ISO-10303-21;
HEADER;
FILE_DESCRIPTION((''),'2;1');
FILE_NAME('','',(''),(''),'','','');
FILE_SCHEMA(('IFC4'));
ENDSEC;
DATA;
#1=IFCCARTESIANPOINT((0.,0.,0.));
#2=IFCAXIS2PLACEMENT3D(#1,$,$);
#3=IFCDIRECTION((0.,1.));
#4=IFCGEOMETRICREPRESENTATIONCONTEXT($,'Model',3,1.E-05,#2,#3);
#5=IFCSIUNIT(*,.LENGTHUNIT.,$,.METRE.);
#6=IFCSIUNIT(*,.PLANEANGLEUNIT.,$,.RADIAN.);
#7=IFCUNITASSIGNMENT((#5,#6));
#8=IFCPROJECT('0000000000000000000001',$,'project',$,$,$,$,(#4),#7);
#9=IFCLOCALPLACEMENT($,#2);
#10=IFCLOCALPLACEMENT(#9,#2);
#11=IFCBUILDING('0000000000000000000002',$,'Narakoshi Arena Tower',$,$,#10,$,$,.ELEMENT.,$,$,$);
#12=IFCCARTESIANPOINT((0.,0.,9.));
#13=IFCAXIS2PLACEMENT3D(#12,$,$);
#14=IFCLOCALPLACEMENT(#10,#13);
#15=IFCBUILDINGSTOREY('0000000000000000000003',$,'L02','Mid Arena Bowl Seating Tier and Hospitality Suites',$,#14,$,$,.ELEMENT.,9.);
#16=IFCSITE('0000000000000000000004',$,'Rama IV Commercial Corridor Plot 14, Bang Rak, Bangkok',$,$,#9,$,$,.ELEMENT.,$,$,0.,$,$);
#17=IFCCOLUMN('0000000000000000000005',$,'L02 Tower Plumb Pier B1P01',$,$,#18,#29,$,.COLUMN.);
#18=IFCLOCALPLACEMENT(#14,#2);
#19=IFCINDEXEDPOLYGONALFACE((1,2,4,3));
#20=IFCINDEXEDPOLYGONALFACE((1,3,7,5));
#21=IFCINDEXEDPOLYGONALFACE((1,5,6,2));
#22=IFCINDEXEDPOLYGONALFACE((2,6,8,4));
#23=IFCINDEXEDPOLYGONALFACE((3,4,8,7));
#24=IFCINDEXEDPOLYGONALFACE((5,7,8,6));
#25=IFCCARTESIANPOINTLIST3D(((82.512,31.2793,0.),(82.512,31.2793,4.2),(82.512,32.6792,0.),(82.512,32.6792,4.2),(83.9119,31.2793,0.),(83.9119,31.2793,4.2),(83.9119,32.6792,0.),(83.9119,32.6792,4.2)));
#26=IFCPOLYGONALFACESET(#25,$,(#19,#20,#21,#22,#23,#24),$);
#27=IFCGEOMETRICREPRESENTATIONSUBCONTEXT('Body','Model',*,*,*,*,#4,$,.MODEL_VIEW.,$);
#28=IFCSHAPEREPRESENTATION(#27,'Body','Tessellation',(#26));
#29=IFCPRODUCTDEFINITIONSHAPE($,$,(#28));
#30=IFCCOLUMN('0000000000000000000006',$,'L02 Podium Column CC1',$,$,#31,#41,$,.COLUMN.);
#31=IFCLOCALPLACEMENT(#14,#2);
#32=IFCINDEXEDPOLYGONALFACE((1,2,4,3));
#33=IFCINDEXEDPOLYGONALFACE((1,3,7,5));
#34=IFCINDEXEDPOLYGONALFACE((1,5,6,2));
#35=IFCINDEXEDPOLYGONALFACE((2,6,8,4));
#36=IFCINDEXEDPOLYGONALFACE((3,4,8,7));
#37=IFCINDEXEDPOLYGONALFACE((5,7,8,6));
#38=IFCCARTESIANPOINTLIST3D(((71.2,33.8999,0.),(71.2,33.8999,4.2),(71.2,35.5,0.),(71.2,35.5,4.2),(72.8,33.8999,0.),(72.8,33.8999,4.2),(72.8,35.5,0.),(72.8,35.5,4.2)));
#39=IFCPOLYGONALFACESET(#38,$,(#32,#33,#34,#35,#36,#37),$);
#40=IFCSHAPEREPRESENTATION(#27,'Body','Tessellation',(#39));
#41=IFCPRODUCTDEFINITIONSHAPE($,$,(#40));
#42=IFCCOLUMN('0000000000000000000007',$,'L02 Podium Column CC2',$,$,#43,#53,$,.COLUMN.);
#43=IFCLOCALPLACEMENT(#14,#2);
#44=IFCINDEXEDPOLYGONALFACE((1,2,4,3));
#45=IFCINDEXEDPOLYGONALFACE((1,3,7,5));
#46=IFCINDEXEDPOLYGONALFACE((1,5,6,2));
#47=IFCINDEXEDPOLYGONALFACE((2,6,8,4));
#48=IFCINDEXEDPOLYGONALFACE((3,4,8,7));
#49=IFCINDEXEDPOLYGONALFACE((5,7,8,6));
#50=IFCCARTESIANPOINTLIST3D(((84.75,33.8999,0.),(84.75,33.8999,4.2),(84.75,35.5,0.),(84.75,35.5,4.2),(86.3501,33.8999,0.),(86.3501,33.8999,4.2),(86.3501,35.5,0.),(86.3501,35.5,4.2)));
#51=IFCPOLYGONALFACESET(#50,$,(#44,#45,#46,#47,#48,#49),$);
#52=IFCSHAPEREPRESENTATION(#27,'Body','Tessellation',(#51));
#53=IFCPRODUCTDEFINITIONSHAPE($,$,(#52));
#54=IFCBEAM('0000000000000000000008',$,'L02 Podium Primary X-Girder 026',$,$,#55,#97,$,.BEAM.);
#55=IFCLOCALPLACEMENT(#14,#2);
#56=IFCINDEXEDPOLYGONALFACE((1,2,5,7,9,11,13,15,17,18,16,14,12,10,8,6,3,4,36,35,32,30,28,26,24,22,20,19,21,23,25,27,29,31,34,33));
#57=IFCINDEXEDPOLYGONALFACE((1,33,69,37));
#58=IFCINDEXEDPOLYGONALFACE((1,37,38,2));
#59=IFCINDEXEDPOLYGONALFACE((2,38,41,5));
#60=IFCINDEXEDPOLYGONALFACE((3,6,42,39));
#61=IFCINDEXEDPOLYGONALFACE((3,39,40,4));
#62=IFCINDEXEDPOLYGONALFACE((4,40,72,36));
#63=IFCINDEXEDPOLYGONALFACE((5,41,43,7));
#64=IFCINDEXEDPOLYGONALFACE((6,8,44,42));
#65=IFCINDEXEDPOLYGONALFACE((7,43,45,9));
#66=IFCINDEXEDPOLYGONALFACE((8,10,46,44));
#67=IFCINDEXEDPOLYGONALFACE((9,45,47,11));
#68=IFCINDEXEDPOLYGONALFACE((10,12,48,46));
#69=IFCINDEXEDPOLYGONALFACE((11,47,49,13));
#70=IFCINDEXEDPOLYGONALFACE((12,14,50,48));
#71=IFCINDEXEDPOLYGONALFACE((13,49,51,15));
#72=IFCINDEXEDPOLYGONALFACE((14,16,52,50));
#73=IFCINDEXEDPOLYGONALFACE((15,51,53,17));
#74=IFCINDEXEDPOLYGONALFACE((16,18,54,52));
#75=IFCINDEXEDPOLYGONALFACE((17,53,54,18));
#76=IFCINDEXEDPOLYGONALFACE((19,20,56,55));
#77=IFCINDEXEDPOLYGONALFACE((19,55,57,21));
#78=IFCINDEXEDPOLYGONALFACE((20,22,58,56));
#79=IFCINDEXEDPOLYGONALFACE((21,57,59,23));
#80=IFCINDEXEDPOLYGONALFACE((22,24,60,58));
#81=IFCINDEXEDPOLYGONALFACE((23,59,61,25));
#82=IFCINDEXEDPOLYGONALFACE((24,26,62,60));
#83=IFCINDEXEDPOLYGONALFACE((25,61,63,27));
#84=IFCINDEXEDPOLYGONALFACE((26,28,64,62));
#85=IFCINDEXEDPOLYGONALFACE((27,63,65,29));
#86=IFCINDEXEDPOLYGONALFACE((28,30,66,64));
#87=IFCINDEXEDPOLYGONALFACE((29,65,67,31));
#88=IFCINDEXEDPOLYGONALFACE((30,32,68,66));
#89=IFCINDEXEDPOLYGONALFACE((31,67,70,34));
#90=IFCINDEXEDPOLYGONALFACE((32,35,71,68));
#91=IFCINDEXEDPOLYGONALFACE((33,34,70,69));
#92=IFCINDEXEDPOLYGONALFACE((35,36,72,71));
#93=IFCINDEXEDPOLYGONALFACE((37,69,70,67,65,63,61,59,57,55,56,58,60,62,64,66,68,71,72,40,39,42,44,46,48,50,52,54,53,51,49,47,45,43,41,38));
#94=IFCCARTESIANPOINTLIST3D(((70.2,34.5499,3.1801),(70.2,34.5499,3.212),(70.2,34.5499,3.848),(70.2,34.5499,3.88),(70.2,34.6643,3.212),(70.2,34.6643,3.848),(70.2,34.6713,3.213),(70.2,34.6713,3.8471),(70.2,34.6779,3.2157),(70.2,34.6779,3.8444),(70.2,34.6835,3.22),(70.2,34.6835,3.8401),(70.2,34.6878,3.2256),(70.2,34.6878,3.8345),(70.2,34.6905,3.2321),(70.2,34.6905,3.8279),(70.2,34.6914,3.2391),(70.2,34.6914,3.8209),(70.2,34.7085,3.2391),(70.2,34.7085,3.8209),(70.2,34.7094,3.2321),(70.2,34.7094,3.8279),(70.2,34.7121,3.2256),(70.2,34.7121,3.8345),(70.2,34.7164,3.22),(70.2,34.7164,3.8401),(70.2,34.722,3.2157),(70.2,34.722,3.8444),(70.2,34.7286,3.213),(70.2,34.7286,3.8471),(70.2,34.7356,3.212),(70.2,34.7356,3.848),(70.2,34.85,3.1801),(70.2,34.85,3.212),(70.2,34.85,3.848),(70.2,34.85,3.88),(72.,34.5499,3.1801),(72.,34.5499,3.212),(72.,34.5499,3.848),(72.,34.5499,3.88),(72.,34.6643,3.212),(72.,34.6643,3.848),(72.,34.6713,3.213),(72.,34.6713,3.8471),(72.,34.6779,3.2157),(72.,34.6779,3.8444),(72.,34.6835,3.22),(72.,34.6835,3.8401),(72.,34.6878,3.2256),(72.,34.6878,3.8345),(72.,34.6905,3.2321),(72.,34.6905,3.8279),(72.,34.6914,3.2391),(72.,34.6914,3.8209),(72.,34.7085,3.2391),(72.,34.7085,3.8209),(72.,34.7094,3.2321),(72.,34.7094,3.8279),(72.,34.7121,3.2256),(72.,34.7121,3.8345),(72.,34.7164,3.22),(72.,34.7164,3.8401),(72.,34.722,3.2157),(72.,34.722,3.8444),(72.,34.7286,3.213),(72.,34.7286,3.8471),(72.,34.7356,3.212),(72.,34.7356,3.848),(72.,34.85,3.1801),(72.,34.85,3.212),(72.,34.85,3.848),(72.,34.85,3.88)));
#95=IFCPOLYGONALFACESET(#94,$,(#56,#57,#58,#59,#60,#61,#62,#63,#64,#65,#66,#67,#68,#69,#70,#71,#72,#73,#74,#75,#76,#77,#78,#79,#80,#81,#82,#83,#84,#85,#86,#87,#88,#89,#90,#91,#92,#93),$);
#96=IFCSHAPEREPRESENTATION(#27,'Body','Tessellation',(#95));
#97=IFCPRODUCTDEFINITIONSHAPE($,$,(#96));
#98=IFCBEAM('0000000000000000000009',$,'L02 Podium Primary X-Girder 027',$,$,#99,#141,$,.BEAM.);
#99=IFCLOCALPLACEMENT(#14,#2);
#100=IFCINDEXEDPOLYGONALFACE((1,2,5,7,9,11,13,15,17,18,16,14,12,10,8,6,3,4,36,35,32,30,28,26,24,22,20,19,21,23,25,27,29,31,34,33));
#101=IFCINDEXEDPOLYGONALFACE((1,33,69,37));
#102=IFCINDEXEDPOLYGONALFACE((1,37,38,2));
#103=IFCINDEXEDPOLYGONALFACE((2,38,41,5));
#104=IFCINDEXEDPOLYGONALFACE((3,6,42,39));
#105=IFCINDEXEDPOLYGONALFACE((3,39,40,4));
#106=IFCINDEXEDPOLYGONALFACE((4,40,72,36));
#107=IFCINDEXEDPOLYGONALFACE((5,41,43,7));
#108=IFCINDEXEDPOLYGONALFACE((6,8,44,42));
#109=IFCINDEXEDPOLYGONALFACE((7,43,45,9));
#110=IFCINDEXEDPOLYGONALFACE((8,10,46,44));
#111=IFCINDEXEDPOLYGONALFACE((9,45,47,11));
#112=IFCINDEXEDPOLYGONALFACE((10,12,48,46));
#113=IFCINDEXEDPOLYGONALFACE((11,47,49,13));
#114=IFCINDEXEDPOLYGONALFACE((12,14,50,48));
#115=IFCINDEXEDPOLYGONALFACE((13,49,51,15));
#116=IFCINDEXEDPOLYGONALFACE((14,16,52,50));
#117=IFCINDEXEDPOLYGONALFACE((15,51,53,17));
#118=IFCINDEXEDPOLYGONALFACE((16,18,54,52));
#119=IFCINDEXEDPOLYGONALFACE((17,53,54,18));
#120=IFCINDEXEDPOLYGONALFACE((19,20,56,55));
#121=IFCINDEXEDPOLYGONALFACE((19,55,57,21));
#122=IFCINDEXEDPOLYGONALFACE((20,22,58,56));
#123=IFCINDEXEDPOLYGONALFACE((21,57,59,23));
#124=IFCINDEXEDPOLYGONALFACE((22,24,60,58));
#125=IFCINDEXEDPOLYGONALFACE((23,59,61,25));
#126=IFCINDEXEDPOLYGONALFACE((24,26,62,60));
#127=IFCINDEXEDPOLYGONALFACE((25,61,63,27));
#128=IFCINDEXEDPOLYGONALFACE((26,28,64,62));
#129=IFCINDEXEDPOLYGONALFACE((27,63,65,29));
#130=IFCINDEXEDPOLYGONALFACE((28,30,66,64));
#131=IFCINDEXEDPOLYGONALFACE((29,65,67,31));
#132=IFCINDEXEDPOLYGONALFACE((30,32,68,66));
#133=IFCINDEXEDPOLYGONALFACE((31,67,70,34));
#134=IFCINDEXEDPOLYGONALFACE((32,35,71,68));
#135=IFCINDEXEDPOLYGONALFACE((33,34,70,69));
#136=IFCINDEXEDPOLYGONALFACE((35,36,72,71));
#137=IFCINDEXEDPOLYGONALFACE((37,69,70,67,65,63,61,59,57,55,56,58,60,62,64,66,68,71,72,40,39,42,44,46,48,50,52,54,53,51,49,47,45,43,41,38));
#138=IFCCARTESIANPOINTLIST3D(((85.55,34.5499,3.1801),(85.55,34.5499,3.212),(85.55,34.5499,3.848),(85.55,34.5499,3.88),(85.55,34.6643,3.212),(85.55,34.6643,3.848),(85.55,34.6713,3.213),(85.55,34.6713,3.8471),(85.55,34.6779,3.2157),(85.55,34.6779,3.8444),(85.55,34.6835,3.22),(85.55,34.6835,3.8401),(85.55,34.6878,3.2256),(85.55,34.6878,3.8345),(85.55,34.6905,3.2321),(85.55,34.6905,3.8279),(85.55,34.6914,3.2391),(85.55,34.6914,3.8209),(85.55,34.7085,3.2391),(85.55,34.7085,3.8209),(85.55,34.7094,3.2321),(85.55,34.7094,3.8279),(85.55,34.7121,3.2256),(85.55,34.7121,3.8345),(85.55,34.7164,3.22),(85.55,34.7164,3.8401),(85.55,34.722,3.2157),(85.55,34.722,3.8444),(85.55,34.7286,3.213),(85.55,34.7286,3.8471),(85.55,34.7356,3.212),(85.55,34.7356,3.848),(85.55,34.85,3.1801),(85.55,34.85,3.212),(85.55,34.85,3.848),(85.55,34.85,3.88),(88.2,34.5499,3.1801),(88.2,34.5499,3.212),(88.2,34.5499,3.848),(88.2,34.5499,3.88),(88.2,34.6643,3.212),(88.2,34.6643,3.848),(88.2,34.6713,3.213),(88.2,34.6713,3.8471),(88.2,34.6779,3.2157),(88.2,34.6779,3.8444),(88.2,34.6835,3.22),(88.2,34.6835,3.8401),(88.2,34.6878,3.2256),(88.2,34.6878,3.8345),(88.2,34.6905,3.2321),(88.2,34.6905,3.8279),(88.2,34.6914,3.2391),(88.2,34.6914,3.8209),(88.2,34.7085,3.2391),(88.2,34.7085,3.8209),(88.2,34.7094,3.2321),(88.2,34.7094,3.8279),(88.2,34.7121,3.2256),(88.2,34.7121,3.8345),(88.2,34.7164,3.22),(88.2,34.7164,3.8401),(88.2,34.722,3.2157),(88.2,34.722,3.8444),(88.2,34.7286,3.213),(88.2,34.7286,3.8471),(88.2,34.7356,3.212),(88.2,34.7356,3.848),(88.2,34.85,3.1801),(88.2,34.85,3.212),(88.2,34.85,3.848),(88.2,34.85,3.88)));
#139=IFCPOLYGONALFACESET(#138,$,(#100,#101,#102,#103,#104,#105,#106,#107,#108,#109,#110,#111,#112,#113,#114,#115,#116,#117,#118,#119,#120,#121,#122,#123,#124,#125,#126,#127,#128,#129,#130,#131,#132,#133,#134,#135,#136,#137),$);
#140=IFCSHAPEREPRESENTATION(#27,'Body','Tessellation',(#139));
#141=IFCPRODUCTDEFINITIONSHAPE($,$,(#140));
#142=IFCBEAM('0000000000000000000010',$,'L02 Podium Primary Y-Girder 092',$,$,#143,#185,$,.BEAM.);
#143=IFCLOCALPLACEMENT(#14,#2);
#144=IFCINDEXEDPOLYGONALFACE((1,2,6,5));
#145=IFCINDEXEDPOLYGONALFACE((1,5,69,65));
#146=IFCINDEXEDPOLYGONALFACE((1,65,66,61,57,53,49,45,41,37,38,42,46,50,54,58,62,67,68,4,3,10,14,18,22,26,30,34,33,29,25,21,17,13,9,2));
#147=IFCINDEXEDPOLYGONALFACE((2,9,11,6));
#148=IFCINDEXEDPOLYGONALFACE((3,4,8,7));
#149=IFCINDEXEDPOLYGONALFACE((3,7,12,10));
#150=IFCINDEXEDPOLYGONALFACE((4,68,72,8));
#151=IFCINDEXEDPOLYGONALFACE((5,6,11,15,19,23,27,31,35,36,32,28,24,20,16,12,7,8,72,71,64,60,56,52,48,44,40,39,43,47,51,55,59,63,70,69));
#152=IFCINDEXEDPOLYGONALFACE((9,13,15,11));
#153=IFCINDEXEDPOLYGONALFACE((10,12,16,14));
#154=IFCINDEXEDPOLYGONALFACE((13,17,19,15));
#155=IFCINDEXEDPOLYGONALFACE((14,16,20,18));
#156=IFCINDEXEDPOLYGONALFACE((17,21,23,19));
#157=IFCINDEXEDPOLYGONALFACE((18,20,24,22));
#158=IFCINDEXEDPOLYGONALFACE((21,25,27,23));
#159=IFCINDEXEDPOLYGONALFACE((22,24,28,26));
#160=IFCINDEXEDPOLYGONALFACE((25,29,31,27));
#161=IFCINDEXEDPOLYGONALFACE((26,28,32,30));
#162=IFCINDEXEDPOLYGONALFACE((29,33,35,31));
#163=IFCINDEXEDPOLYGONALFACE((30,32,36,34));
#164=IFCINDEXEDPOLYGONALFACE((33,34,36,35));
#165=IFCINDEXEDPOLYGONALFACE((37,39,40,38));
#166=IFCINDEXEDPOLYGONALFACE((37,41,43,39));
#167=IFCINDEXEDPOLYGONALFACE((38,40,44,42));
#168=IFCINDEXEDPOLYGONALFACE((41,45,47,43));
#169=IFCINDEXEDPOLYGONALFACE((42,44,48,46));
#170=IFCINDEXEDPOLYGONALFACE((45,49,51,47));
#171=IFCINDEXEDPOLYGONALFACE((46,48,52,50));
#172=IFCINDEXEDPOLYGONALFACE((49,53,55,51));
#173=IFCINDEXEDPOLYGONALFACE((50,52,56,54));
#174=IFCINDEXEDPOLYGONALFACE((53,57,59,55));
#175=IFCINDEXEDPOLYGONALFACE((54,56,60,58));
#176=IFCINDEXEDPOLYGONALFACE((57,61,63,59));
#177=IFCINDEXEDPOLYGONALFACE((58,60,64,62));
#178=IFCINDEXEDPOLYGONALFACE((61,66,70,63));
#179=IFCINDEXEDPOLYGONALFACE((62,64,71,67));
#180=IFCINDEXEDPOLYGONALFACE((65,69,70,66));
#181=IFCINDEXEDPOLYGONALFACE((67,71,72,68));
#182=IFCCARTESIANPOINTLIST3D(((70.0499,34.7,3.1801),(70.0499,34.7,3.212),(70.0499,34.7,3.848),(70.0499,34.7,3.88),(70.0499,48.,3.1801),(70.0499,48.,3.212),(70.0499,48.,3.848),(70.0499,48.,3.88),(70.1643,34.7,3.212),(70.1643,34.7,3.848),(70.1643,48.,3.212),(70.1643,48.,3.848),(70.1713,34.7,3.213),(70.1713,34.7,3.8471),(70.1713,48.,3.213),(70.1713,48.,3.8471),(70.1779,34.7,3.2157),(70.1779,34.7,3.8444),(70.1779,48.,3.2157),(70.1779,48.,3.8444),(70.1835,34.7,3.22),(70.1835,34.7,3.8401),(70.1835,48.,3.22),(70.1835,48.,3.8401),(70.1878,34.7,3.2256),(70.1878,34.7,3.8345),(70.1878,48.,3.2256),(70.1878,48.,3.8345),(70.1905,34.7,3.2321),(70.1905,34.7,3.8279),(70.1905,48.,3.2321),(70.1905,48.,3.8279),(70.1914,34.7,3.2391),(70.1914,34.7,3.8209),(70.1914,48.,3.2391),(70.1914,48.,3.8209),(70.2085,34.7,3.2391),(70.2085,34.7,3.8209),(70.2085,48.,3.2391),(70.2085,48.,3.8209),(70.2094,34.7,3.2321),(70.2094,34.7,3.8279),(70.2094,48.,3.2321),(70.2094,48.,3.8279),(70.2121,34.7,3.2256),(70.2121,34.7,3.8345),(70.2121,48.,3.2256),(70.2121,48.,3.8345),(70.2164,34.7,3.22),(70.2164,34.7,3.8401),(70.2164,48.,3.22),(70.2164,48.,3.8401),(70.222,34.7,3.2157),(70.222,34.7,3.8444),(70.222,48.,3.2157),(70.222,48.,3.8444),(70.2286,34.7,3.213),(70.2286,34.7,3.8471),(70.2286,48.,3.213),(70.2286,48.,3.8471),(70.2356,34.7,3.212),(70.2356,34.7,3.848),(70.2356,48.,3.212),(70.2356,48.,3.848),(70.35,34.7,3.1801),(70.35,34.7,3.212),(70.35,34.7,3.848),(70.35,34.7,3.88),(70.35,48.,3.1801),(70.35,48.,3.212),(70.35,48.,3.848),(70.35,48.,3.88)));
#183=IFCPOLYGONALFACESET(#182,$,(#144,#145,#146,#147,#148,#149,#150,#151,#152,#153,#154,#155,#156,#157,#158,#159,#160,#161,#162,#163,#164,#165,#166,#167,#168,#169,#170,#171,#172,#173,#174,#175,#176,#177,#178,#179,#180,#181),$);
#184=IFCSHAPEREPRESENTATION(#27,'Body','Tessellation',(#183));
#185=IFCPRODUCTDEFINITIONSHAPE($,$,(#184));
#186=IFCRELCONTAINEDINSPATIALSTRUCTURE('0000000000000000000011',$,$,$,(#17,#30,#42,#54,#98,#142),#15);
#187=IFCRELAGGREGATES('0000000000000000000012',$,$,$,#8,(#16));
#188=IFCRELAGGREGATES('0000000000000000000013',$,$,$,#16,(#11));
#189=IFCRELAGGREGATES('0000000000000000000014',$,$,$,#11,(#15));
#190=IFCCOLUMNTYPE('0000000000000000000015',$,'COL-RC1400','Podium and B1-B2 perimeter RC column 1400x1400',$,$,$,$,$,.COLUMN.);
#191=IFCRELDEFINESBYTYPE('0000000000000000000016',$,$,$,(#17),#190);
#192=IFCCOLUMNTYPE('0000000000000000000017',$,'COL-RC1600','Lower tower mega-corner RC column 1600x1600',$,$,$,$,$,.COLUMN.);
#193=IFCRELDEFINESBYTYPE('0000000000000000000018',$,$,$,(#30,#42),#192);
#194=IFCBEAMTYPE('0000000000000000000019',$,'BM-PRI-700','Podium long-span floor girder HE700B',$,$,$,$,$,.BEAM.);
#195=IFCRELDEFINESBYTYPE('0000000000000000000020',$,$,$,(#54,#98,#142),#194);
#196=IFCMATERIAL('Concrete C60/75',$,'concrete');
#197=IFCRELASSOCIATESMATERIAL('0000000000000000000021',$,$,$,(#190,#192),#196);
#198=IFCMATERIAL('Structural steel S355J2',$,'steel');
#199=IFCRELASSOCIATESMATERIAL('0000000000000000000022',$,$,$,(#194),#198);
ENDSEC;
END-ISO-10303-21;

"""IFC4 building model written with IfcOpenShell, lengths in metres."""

from ifc_helpers import new_model, si_unit, direction, frame, origin, origin_2d, place, context, subcontext, project, spatial, rectangle, i_section, extrude, material, material_profile, profile_set, type_object, element, save


model = new_model("IFC4")

# Units and contexts
model_context = context("Model", 3, precision=1e-05, world=origin(), true_north=direction((0.0, 1.0)))
body_context = subcontext(model_context, "Body", "Model", "MODEL_VIEW")
ifc_project = project(units=[si_unit("LENGTHUNIT", "METRE"), si_unit("PLANEANGLEUNIT", "RADIAN")], contexts=[model_context])

# Site, building, storey
site_placement = place(None, origin())
site = spatial("IfcSite", under=ifc_project, at=site_placement, Name="Rama IV Commercial Corridor Plot 14, Bang Rak, Bangkok", CompositionType="ELEMENT", RefElevation=0.0)
building_placement = place(site_placement, origin())
building = spatial("IfcBuilding", under=site, at=building_placement, Name="Narakoshi Arena Tower", CompositionType="ELEMENT")
storey_placement = place(building_placement, frame((0.0, 0.0, 9.0)))
storey = spatial("IfcBuildingStorey", under=building, at=storey_placement, Name="L02", Description="Mid Arena Bowl Seating Tier and Hospitality Suites", CompositionType="ELEMENT", Elevation=9.0)

# Columns
ifc_material_1 = material(Name="Concrete C60/75", Category="concrete")
ifc_material_profile_1 = material_profile(ifc_material_1, rectangle(XDim=1.3999, YDim=1.3999, at=origin_2d()), Name="RC1400x1400")
ifc_profile_set_1 = profile_set([ifc_material_profile_1], Name="Concrete C60/75")
column_type_1 = type_object("IfcColumnType", Name="COL-RC1400", Description="Podium and B1-B2 perimeter RC column 1400x1400", PredefinedType="COLUMN", material=ifc_profile_set_1)
column_placement = place(storey_placement, frame((83.2119, 31.9792, 0.0), z_axis=(0.0, 0.0, 1.0), x_axis=(1.0, 0.0, 0.0)))
element("IfcColumn", 1, at=column_placement, inside=storey, type_object=column_type_1, Name="L02 Tower Plumb Pier B1P01", PredefinedType="COLUMN", context=body_context, shape_type="SweptSolid", body=[
    extrude(rectangle(XDim=1.3999, YDim=1.3999, at=origin_2d()), origin(), (0.0, 0.0, 1.0), 4.2),
])
ifc_material_profile_2 = material_profile(ifc_material_1, rectangle(XDim=1.6001, YDim=1.6001, at=origin_2d()), Name="RC1600x1600")
ifc_profile_set_2 = profile_set([ifc_material_profile_2], Name="Concrete C60/75")
column_type_2 = type_object("IfcColumnType", Name="COL-RC1600", Description="Lower tower mega-corner RC column 1600x1600", PredefinedType="COLUMN", material=ifc_profile_set_2)
for number, where, z_axis, x_axis, name in (
    (2, (72.0, 34.7, 0.0), (0.0, 0.0, 1.0), (1.0, 0.0, 0.0), "L02 Podium Column CC1"),
    (3, (85.55, 34.7, 0.0), (0.0, 0.0, 1.0), (1.0, 0.0, 0.0), "L02 Podium Column CC2"),
):
    element("IfcColumn", number, at=place(storey_placement, frame(where, z_axis=z_axis, x_axis=x_axis)), inside=storey, type_object=column_type_2, Name=name, PredefinedType="COLUMN", context=body_context, shape_type="SweptSolid", body=[
        extrude(rectangle(XDim=1.6001, YDim=1.6001, at=origin_2d()), origin(), (0.0, 0.0, 1.0), 4.2),
    ])

# Beams
ifc_material_2 = material(Name="Structural steel S355J2", Category="steel")
ifc_material_profile_3 = material_profile(ifc_material_2, i_section(OverallWidth=0.3, OverallDepth=0.7, WebThickness=0.0171, FlangeThickness=0.032, FilletRadius=0.0271, at=origin_2d()), Name="HE700B")
ifc_profile_set_3 = profile_set([ifc_material_profile_3], Name="Structural steel S355J2")
beam_type = type_object("IfcBeamType", Name="BM-PRI-700", Description="Podium long-span floor girder HE700B", PredefinedType="BEAM", material=ifc_profile_set_3)
beam_1_placement = place(storey_placement, frame((70.2, 34.7, 3.53), z_axis=(1.0, 0.0, 0.0), x_axis=(0.0, 1.0, 0.0)))
element("IfcBeam", 4, at=beam_1_placement, inside=storey, type_object=beam_type, Name="L02 Podium Primary X-Girder 026", PredefinedType="BEAM", context=body_context, shape_type="SweptSolid", body=[
    extrude(i_section(OverallWidth=0.3, OverallDepth=0.7, WebThickness=0.0171, FlangeThickness=0.032, FilletRadius=0.0271, at=origin_2d()), origin(), (0.0, 0.0, 1.0), 1.8),
])
beam_2_placement = place(storey_placement, frame((85.55, 34.7, 3.53), z_axis=(1.0, 0.0, 0.0), x_axis=(0.0, 1.0, 0.0)))
element("IfcBeam", 5, at=beam_2_placement, inside=storey, type_object=beam_type, Name="L02 Podium Primary X-Girder 027", PredefinedType="BEAM", context=body_context, shape_type="SweptSolid", body=[
    extrude(i_section(OverallWidth=0.3, OverallDepth=0.7, WebThickness=0.0171, FlangeThickness=0.032, FilletRadius=0.0271, at=origin_2d()), origin(), (0.0, 0.0, 1.0), 2.6499),
])
beam_3_placement = place(storey_placement, frame((70.2, 34.7, 3.53), z_axis=(0.0, 1.0, 0.0), x_axis=(-1.0, 0.0, 0.0)))
element("IfcBeam", 6, at=beam_3_placement, inside=storey, type_object=beam_type, Name="L02 Podium Primary Y-Girder 092", PredefinedType="BEAM", context=body_context, shape_type="SweptSolid", body=[
    extrude(i_section(OverallWidth=0.3, OverallDepth=0.7, WebThickness=0.0171, FlangeThickness=0.032, FilletRadius=0.0271, at=origin_2d()), origin(), (0.0, 0.0, 1.0), 13.3),
])

save(model, "model.ifc")
